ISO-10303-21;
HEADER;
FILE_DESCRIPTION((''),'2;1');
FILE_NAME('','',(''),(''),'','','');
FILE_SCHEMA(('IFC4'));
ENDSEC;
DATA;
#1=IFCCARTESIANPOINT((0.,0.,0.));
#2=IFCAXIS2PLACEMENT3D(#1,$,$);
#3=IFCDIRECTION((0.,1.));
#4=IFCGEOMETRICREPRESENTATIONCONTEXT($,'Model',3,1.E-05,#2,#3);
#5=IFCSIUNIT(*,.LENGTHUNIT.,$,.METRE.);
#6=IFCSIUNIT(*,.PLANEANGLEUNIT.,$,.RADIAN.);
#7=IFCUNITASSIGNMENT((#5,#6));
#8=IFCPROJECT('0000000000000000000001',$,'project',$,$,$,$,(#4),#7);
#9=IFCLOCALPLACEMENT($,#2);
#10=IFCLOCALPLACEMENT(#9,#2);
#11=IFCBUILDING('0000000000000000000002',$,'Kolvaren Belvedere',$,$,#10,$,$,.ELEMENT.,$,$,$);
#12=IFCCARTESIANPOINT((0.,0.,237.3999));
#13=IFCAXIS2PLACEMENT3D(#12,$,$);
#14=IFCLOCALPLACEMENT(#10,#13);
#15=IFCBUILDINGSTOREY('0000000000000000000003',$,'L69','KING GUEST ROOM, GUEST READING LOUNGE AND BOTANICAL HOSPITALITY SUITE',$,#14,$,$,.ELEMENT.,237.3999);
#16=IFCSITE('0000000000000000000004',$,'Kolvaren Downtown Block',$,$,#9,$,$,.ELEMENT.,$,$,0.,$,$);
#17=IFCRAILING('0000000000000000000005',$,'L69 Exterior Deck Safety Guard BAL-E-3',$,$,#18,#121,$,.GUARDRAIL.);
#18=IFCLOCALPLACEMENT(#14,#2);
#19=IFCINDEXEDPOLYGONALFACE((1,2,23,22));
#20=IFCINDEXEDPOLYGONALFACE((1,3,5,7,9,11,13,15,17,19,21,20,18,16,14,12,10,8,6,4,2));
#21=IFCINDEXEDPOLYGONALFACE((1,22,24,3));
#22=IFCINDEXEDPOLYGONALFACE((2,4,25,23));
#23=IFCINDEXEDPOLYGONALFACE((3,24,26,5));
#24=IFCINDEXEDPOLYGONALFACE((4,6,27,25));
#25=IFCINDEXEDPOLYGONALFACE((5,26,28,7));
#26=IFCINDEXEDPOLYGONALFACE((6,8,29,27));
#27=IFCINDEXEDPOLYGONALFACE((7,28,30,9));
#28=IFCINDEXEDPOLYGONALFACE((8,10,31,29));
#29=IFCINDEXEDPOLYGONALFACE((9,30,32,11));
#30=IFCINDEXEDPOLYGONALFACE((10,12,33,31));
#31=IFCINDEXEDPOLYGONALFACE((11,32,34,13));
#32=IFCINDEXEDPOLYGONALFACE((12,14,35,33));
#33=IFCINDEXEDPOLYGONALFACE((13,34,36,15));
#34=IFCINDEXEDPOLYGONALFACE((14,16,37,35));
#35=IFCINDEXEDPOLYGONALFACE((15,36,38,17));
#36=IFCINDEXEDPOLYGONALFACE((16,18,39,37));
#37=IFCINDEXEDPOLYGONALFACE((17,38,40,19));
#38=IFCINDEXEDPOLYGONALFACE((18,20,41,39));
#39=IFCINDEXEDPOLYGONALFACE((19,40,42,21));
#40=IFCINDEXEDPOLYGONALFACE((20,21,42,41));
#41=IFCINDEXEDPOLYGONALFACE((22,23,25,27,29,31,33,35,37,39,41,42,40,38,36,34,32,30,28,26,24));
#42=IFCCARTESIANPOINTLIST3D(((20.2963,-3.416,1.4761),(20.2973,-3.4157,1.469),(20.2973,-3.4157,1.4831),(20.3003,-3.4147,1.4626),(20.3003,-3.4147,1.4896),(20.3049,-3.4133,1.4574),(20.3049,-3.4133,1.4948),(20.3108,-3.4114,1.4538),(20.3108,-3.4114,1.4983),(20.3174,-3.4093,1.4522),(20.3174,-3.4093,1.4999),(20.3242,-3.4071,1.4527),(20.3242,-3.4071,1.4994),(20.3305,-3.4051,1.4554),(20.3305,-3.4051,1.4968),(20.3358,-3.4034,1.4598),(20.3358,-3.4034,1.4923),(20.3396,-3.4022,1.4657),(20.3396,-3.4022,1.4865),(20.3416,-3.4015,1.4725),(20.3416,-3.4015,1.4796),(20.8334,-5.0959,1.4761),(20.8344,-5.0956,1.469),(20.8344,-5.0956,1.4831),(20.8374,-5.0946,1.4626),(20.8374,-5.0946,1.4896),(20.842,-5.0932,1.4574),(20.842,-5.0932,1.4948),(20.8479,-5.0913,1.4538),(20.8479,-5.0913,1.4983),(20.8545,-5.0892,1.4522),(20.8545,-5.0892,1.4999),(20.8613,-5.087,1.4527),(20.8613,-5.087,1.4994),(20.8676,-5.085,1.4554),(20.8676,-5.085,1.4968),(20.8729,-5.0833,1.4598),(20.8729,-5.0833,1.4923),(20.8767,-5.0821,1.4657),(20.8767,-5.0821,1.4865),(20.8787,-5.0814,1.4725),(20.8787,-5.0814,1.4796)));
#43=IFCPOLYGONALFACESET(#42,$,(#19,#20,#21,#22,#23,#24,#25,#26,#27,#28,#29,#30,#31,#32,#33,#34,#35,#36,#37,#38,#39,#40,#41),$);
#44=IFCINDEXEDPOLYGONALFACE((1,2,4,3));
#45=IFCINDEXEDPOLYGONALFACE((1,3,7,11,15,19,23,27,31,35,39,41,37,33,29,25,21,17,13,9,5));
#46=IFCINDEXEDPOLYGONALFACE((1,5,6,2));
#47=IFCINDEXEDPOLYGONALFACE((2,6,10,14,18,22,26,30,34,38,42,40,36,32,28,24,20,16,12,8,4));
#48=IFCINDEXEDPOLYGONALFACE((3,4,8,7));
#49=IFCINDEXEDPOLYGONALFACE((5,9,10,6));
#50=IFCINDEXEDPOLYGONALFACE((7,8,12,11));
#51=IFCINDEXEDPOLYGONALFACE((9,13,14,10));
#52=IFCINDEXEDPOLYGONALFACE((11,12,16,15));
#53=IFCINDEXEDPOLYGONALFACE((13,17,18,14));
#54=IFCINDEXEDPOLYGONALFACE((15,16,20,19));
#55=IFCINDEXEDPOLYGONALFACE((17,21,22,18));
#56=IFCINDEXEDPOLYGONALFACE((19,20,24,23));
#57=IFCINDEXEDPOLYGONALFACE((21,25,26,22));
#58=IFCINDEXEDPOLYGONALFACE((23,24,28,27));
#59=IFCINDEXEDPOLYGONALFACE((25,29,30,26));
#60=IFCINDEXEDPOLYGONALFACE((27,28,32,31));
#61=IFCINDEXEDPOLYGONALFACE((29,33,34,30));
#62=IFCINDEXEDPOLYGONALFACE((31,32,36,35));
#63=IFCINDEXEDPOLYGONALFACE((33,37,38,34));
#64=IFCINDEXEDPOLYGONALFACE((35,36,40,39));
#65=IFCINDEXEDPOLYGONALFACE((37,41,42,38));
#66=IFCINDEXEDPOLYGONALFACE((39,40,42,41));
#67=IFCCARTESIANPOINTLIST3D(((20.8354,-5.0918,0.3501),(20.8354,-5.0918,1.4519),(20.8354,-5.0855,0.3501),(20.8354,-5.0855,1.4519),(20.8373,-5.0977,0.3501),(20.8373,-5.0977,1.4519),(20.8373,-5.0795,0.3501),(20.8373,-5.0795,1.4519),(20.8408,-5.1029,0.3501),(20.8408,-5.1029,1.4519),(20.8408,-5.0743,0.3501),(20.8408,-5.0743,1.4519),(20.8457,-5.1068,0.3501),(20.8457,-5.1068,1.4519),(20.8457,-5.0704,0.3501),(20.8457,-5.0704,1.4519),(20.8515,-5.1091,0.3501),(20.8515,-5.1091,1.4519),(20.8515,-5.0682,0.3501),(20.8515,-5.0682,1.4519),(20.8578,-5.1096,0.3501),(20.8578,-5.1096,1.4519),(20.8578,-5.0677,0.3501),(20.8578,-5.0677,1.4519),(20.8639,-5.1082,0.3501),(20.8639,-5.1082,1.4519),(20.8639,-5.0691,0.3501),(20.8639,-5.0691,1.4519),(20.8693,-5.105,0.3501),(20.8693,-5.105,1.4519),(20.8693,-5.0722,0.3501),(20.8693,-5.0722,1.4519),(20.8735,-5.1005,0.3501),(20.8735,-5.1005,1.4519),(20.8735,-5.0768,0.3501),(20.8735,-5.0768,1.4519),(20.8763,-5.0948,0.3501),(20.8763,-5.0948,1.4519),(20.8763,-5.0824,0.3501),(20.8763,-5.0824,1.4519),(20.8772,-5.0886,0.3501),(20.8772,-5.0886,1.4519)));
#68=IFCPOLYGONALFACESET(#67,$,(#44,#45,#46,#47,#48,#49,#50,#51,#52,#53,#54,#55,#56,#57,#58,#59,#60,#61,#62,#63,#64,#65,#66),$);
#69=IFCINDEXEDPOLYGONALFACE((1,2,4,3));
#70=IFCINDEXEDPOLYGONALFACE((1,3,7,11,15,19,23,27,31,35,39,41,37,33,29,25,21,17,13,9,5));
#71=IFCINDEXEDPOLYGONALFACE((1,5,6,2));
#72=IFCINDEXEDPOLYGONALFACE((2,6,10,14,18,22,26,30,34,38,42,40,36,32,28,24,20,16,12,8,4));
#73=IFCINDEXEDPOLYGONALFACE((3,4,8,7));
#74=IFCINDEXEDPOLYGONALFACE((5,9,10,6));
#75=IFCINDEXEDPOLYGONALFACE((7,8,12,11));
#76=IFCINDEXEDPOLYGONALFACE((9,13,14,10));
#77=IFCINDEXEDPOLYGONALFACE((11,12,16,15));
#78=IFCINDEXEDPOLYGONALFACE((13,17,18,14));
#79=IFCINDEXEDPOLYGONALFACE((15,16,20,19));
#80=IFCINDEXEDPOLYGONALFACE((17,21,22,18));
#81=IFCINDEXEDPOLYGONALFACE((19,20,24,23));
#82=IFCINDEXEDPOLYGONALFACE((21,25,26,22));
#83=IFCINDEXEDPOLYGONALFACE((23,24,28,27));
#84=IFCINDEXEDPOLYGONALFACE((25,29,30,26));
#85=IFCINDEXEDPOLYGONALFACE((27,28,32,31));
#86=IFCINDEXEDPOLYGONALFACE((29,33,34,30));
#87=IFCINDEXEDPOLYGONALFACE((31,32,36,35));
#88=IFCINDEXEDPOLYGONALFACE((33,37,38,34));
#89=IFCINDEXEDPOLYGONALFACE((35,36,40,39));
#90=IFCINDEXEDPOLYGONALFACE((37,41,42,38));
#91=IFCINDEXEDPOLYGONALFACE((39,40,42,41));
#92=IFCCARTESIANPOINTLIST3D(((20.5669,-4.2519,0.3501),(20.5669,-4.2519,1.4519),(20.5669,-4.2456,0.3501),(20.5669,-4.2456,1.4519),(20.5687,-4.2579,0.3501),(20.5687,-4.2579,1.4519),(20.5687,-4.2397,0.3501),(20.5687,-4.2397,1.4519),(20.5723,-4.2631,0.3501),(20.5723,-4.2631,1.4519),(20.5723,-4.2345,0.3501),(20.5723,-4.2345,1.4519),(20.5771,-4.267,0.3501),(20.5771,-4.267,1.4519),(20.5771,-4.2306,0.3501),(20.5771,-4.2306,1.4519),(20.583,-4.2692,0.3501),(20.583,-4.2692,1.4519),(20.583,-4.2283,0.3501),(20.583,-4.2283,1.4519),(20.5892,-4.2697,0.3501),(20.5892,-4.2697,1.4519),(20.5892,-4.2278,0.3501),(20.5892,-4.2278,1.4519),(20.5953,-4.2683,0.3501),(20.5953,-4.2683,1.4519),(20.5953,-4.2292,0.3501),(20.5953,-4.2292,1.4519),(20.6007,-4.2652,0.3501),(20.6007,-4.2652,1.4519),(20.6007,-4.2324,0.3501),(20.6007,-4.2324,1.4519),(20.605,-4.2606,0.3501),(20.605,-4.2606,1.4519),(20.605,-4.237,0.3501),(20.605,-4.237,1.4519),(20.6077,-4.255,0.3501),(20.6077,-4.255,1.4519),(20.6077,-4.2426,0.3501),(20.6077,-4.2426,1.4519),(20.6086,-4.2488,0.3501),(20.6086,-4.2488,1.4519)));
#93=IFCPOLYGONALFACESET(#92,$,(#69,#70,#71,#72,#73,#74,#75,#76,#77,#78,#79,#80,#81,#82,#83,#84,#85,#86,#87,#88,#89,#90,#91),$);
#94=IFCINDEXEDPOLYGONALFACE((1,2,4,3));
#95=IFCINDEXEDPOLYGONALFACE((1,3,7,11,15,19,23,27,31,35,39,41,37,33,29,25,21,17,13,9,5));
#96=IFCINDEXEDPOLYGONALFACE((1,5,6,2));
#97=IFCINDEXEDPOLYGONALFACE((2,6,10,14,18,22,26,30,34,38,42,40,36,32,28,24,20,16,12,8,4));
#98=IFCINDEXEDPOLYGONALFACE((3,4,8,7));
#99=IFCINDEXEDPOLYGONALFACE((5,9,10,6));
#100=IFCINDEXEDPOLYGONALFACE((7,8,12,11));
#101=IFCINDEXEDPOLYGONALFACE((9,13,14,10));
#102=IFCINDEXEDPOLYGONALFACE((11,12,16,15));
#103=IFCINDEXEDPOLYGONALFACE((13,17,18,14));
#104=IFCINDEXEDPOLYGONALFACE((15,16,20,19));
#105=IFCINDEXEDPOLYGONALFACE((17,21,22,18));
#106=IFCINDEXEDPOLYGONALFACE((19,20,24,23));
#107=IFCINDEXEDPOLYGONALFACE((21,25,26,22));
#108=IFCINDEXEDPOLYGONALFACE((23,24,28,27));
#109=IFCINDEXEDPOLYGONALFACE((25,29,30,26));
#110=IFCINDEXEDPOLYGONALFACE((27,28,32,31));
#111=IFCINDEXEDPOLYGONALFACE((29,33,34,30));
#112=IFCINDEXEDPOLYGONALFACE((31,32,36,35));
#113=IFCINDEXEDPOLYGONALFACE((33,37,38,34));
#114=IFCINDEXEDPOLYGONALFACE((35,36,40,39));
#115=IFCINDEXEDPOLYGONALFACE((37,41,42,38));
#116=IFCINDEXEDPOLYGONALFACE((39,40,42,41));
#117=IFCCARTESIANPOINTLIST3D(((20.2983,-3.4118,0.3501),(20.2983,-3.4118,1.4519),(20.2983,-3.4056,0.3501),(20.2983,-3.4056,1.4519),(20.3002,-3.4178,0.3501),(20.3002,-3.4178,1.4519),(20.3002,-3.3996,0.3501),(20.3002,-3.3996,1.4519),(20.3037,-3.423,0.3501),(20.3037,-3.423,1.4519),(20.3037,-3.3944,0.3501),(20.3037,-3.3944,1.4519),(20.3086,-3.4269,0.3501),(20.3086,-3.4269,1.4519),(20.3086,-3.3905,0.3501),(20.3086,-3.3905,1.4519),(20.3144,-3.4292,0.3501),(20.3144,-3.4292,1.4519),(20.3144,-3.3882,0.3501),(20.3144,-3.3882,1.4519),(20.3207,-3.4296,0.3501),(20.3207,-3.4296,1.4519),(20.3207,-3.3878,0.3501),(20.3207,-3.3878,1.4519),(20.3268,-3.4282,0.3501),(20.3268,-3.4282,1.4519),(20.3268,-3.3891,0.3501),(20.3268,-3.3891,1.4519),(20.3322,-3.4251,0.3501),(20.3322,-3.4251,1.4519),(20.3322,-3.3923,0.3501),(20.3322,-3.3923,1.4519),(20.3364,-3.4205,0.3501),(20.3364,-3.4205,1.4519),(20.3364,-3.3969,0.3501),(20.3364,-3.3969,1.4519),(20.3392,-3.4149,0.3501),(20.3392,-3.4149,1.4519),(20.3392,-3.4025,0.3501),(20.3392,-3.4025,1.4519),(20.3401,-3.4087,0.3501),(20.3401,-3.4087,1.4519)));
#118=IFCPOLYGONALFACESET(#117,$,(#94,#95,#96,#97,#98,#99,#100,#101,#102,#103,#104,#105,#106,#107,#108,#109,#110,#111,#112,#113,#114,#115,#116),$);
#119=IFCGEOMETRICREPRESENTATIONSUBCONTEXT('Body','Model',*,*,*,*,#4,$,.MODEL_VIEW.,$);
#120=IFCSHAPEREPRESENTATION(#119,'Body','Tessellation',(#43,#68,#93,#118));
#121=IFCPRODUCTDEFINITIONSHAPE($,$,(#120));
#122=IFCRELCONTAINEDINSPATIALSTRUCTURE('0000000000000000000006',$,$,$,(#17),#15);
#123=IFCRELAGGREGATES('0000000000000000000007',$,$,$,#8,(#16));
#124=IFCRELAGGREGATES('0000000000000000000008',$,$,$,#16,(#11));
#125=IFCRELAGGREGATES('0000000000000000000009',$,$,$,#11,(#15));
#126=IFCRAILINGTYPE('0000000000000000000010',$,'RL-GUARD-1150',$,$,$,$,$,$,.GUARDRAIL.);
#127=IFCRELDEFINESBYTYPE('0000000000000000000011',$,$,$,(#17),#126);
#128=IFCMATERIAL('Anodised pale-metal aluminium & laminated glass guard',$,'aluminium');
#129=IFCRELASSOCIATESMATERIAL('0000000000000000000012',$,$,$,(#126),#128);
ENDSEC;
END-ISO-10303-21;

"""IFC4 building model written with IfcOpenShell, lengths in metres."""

from ifc_helpers import new_model, si_unit, direction, frame, origin, origin_2d, place, context, subcontext, project, spatial, circle, extrude, material, type_object, element, save


model = new_model("IFC4")

# Units and contexts
model_context = context("Model", 3, precision=1e-05, world=origin(), true_north=direction((0.0, 1.0)))
body_context = subcontext(model_context, "Body", "Model", "MODEL_VIEW")
ifc_project = project(units=[si_unit("LENGTHUNIT", "METRE"), si_unit("PLANEANGLEUNIT", "RADIAN")], contexts=[model_context])

# Site, building, storey
site_placement = place(None, origin())
site = spatial("IfcSite", under=ifc_project, at=site_placement, Name="Kolvaren Downtown Block", CompositionType="ELEMENT", RefElevation=0.0)
building_placement = place(site_placement, origin())
building = spatial("IfcBuilding", under=site, at=building_placement, Name="Kolvaren Belvedere", CompositionType="ELEMENT")
storey_placement = place(building_placement, frame((0.0, 0.0, 237.3999)))
storey = spatial("IfcBuildingStorey", under=building, at=storey_placement, Name="L69", Description="KING GUEST ROOM, GUEST READING LOUNGE AND BOTANICAL HOSPITALITY SUITE", CompositionType="ELEMENT", Elevation=237.3999)

# Railing
ifc_material_1 = material(Name="Anodised pale-metal aluminium & laminated glass guard", Category="aluminium")
railing_type = type_object("IfcRailingType", Name="RL-GUARD-1150", PredefinedType="GUARDRAIL", material=ifc_material_1)
railing_1_placement = place(storey_placement, frame((20.8562, -5.0886, 0.3501)))
element("IfcRailing", 1, at=railing_1_placement, inside=storey, type_object=railing_type, Name="L69 Exterior Deck Safety Guard BAL-E-3", PredefinedType="GUARDRAIL", context=body_context, shape_type="SweptSolid", body=[
    extrude(circle(Radius=0.0239, at=origin_2d()), frame((0.0, 0.0, 1.126), z_axis=(-0.304535, 0.952501, 0.0), x_axis=(-0.952501, -0.304535, 0.0)), (0.0, 0.0, 1.0), 1.7637),
    extrude(circle(Radius=0.021, at=origin_2d()), origin(), (0.0, 0.0, 1.0), 1.1018),
    extrude(circle(Radius=0.021, at=origin_2d()), frame((-0.2686, 0.8398, 0.0)), (0.0, 0.0, 1.0), 1.1018),
    extrude(circle(Radius=0.021, at=origin_2d()), frame((-0.5371, 1.6799, 0.0)), (0.0, 0.0, 1.0), 1.1018),
])

save(model, "model.ifc")
